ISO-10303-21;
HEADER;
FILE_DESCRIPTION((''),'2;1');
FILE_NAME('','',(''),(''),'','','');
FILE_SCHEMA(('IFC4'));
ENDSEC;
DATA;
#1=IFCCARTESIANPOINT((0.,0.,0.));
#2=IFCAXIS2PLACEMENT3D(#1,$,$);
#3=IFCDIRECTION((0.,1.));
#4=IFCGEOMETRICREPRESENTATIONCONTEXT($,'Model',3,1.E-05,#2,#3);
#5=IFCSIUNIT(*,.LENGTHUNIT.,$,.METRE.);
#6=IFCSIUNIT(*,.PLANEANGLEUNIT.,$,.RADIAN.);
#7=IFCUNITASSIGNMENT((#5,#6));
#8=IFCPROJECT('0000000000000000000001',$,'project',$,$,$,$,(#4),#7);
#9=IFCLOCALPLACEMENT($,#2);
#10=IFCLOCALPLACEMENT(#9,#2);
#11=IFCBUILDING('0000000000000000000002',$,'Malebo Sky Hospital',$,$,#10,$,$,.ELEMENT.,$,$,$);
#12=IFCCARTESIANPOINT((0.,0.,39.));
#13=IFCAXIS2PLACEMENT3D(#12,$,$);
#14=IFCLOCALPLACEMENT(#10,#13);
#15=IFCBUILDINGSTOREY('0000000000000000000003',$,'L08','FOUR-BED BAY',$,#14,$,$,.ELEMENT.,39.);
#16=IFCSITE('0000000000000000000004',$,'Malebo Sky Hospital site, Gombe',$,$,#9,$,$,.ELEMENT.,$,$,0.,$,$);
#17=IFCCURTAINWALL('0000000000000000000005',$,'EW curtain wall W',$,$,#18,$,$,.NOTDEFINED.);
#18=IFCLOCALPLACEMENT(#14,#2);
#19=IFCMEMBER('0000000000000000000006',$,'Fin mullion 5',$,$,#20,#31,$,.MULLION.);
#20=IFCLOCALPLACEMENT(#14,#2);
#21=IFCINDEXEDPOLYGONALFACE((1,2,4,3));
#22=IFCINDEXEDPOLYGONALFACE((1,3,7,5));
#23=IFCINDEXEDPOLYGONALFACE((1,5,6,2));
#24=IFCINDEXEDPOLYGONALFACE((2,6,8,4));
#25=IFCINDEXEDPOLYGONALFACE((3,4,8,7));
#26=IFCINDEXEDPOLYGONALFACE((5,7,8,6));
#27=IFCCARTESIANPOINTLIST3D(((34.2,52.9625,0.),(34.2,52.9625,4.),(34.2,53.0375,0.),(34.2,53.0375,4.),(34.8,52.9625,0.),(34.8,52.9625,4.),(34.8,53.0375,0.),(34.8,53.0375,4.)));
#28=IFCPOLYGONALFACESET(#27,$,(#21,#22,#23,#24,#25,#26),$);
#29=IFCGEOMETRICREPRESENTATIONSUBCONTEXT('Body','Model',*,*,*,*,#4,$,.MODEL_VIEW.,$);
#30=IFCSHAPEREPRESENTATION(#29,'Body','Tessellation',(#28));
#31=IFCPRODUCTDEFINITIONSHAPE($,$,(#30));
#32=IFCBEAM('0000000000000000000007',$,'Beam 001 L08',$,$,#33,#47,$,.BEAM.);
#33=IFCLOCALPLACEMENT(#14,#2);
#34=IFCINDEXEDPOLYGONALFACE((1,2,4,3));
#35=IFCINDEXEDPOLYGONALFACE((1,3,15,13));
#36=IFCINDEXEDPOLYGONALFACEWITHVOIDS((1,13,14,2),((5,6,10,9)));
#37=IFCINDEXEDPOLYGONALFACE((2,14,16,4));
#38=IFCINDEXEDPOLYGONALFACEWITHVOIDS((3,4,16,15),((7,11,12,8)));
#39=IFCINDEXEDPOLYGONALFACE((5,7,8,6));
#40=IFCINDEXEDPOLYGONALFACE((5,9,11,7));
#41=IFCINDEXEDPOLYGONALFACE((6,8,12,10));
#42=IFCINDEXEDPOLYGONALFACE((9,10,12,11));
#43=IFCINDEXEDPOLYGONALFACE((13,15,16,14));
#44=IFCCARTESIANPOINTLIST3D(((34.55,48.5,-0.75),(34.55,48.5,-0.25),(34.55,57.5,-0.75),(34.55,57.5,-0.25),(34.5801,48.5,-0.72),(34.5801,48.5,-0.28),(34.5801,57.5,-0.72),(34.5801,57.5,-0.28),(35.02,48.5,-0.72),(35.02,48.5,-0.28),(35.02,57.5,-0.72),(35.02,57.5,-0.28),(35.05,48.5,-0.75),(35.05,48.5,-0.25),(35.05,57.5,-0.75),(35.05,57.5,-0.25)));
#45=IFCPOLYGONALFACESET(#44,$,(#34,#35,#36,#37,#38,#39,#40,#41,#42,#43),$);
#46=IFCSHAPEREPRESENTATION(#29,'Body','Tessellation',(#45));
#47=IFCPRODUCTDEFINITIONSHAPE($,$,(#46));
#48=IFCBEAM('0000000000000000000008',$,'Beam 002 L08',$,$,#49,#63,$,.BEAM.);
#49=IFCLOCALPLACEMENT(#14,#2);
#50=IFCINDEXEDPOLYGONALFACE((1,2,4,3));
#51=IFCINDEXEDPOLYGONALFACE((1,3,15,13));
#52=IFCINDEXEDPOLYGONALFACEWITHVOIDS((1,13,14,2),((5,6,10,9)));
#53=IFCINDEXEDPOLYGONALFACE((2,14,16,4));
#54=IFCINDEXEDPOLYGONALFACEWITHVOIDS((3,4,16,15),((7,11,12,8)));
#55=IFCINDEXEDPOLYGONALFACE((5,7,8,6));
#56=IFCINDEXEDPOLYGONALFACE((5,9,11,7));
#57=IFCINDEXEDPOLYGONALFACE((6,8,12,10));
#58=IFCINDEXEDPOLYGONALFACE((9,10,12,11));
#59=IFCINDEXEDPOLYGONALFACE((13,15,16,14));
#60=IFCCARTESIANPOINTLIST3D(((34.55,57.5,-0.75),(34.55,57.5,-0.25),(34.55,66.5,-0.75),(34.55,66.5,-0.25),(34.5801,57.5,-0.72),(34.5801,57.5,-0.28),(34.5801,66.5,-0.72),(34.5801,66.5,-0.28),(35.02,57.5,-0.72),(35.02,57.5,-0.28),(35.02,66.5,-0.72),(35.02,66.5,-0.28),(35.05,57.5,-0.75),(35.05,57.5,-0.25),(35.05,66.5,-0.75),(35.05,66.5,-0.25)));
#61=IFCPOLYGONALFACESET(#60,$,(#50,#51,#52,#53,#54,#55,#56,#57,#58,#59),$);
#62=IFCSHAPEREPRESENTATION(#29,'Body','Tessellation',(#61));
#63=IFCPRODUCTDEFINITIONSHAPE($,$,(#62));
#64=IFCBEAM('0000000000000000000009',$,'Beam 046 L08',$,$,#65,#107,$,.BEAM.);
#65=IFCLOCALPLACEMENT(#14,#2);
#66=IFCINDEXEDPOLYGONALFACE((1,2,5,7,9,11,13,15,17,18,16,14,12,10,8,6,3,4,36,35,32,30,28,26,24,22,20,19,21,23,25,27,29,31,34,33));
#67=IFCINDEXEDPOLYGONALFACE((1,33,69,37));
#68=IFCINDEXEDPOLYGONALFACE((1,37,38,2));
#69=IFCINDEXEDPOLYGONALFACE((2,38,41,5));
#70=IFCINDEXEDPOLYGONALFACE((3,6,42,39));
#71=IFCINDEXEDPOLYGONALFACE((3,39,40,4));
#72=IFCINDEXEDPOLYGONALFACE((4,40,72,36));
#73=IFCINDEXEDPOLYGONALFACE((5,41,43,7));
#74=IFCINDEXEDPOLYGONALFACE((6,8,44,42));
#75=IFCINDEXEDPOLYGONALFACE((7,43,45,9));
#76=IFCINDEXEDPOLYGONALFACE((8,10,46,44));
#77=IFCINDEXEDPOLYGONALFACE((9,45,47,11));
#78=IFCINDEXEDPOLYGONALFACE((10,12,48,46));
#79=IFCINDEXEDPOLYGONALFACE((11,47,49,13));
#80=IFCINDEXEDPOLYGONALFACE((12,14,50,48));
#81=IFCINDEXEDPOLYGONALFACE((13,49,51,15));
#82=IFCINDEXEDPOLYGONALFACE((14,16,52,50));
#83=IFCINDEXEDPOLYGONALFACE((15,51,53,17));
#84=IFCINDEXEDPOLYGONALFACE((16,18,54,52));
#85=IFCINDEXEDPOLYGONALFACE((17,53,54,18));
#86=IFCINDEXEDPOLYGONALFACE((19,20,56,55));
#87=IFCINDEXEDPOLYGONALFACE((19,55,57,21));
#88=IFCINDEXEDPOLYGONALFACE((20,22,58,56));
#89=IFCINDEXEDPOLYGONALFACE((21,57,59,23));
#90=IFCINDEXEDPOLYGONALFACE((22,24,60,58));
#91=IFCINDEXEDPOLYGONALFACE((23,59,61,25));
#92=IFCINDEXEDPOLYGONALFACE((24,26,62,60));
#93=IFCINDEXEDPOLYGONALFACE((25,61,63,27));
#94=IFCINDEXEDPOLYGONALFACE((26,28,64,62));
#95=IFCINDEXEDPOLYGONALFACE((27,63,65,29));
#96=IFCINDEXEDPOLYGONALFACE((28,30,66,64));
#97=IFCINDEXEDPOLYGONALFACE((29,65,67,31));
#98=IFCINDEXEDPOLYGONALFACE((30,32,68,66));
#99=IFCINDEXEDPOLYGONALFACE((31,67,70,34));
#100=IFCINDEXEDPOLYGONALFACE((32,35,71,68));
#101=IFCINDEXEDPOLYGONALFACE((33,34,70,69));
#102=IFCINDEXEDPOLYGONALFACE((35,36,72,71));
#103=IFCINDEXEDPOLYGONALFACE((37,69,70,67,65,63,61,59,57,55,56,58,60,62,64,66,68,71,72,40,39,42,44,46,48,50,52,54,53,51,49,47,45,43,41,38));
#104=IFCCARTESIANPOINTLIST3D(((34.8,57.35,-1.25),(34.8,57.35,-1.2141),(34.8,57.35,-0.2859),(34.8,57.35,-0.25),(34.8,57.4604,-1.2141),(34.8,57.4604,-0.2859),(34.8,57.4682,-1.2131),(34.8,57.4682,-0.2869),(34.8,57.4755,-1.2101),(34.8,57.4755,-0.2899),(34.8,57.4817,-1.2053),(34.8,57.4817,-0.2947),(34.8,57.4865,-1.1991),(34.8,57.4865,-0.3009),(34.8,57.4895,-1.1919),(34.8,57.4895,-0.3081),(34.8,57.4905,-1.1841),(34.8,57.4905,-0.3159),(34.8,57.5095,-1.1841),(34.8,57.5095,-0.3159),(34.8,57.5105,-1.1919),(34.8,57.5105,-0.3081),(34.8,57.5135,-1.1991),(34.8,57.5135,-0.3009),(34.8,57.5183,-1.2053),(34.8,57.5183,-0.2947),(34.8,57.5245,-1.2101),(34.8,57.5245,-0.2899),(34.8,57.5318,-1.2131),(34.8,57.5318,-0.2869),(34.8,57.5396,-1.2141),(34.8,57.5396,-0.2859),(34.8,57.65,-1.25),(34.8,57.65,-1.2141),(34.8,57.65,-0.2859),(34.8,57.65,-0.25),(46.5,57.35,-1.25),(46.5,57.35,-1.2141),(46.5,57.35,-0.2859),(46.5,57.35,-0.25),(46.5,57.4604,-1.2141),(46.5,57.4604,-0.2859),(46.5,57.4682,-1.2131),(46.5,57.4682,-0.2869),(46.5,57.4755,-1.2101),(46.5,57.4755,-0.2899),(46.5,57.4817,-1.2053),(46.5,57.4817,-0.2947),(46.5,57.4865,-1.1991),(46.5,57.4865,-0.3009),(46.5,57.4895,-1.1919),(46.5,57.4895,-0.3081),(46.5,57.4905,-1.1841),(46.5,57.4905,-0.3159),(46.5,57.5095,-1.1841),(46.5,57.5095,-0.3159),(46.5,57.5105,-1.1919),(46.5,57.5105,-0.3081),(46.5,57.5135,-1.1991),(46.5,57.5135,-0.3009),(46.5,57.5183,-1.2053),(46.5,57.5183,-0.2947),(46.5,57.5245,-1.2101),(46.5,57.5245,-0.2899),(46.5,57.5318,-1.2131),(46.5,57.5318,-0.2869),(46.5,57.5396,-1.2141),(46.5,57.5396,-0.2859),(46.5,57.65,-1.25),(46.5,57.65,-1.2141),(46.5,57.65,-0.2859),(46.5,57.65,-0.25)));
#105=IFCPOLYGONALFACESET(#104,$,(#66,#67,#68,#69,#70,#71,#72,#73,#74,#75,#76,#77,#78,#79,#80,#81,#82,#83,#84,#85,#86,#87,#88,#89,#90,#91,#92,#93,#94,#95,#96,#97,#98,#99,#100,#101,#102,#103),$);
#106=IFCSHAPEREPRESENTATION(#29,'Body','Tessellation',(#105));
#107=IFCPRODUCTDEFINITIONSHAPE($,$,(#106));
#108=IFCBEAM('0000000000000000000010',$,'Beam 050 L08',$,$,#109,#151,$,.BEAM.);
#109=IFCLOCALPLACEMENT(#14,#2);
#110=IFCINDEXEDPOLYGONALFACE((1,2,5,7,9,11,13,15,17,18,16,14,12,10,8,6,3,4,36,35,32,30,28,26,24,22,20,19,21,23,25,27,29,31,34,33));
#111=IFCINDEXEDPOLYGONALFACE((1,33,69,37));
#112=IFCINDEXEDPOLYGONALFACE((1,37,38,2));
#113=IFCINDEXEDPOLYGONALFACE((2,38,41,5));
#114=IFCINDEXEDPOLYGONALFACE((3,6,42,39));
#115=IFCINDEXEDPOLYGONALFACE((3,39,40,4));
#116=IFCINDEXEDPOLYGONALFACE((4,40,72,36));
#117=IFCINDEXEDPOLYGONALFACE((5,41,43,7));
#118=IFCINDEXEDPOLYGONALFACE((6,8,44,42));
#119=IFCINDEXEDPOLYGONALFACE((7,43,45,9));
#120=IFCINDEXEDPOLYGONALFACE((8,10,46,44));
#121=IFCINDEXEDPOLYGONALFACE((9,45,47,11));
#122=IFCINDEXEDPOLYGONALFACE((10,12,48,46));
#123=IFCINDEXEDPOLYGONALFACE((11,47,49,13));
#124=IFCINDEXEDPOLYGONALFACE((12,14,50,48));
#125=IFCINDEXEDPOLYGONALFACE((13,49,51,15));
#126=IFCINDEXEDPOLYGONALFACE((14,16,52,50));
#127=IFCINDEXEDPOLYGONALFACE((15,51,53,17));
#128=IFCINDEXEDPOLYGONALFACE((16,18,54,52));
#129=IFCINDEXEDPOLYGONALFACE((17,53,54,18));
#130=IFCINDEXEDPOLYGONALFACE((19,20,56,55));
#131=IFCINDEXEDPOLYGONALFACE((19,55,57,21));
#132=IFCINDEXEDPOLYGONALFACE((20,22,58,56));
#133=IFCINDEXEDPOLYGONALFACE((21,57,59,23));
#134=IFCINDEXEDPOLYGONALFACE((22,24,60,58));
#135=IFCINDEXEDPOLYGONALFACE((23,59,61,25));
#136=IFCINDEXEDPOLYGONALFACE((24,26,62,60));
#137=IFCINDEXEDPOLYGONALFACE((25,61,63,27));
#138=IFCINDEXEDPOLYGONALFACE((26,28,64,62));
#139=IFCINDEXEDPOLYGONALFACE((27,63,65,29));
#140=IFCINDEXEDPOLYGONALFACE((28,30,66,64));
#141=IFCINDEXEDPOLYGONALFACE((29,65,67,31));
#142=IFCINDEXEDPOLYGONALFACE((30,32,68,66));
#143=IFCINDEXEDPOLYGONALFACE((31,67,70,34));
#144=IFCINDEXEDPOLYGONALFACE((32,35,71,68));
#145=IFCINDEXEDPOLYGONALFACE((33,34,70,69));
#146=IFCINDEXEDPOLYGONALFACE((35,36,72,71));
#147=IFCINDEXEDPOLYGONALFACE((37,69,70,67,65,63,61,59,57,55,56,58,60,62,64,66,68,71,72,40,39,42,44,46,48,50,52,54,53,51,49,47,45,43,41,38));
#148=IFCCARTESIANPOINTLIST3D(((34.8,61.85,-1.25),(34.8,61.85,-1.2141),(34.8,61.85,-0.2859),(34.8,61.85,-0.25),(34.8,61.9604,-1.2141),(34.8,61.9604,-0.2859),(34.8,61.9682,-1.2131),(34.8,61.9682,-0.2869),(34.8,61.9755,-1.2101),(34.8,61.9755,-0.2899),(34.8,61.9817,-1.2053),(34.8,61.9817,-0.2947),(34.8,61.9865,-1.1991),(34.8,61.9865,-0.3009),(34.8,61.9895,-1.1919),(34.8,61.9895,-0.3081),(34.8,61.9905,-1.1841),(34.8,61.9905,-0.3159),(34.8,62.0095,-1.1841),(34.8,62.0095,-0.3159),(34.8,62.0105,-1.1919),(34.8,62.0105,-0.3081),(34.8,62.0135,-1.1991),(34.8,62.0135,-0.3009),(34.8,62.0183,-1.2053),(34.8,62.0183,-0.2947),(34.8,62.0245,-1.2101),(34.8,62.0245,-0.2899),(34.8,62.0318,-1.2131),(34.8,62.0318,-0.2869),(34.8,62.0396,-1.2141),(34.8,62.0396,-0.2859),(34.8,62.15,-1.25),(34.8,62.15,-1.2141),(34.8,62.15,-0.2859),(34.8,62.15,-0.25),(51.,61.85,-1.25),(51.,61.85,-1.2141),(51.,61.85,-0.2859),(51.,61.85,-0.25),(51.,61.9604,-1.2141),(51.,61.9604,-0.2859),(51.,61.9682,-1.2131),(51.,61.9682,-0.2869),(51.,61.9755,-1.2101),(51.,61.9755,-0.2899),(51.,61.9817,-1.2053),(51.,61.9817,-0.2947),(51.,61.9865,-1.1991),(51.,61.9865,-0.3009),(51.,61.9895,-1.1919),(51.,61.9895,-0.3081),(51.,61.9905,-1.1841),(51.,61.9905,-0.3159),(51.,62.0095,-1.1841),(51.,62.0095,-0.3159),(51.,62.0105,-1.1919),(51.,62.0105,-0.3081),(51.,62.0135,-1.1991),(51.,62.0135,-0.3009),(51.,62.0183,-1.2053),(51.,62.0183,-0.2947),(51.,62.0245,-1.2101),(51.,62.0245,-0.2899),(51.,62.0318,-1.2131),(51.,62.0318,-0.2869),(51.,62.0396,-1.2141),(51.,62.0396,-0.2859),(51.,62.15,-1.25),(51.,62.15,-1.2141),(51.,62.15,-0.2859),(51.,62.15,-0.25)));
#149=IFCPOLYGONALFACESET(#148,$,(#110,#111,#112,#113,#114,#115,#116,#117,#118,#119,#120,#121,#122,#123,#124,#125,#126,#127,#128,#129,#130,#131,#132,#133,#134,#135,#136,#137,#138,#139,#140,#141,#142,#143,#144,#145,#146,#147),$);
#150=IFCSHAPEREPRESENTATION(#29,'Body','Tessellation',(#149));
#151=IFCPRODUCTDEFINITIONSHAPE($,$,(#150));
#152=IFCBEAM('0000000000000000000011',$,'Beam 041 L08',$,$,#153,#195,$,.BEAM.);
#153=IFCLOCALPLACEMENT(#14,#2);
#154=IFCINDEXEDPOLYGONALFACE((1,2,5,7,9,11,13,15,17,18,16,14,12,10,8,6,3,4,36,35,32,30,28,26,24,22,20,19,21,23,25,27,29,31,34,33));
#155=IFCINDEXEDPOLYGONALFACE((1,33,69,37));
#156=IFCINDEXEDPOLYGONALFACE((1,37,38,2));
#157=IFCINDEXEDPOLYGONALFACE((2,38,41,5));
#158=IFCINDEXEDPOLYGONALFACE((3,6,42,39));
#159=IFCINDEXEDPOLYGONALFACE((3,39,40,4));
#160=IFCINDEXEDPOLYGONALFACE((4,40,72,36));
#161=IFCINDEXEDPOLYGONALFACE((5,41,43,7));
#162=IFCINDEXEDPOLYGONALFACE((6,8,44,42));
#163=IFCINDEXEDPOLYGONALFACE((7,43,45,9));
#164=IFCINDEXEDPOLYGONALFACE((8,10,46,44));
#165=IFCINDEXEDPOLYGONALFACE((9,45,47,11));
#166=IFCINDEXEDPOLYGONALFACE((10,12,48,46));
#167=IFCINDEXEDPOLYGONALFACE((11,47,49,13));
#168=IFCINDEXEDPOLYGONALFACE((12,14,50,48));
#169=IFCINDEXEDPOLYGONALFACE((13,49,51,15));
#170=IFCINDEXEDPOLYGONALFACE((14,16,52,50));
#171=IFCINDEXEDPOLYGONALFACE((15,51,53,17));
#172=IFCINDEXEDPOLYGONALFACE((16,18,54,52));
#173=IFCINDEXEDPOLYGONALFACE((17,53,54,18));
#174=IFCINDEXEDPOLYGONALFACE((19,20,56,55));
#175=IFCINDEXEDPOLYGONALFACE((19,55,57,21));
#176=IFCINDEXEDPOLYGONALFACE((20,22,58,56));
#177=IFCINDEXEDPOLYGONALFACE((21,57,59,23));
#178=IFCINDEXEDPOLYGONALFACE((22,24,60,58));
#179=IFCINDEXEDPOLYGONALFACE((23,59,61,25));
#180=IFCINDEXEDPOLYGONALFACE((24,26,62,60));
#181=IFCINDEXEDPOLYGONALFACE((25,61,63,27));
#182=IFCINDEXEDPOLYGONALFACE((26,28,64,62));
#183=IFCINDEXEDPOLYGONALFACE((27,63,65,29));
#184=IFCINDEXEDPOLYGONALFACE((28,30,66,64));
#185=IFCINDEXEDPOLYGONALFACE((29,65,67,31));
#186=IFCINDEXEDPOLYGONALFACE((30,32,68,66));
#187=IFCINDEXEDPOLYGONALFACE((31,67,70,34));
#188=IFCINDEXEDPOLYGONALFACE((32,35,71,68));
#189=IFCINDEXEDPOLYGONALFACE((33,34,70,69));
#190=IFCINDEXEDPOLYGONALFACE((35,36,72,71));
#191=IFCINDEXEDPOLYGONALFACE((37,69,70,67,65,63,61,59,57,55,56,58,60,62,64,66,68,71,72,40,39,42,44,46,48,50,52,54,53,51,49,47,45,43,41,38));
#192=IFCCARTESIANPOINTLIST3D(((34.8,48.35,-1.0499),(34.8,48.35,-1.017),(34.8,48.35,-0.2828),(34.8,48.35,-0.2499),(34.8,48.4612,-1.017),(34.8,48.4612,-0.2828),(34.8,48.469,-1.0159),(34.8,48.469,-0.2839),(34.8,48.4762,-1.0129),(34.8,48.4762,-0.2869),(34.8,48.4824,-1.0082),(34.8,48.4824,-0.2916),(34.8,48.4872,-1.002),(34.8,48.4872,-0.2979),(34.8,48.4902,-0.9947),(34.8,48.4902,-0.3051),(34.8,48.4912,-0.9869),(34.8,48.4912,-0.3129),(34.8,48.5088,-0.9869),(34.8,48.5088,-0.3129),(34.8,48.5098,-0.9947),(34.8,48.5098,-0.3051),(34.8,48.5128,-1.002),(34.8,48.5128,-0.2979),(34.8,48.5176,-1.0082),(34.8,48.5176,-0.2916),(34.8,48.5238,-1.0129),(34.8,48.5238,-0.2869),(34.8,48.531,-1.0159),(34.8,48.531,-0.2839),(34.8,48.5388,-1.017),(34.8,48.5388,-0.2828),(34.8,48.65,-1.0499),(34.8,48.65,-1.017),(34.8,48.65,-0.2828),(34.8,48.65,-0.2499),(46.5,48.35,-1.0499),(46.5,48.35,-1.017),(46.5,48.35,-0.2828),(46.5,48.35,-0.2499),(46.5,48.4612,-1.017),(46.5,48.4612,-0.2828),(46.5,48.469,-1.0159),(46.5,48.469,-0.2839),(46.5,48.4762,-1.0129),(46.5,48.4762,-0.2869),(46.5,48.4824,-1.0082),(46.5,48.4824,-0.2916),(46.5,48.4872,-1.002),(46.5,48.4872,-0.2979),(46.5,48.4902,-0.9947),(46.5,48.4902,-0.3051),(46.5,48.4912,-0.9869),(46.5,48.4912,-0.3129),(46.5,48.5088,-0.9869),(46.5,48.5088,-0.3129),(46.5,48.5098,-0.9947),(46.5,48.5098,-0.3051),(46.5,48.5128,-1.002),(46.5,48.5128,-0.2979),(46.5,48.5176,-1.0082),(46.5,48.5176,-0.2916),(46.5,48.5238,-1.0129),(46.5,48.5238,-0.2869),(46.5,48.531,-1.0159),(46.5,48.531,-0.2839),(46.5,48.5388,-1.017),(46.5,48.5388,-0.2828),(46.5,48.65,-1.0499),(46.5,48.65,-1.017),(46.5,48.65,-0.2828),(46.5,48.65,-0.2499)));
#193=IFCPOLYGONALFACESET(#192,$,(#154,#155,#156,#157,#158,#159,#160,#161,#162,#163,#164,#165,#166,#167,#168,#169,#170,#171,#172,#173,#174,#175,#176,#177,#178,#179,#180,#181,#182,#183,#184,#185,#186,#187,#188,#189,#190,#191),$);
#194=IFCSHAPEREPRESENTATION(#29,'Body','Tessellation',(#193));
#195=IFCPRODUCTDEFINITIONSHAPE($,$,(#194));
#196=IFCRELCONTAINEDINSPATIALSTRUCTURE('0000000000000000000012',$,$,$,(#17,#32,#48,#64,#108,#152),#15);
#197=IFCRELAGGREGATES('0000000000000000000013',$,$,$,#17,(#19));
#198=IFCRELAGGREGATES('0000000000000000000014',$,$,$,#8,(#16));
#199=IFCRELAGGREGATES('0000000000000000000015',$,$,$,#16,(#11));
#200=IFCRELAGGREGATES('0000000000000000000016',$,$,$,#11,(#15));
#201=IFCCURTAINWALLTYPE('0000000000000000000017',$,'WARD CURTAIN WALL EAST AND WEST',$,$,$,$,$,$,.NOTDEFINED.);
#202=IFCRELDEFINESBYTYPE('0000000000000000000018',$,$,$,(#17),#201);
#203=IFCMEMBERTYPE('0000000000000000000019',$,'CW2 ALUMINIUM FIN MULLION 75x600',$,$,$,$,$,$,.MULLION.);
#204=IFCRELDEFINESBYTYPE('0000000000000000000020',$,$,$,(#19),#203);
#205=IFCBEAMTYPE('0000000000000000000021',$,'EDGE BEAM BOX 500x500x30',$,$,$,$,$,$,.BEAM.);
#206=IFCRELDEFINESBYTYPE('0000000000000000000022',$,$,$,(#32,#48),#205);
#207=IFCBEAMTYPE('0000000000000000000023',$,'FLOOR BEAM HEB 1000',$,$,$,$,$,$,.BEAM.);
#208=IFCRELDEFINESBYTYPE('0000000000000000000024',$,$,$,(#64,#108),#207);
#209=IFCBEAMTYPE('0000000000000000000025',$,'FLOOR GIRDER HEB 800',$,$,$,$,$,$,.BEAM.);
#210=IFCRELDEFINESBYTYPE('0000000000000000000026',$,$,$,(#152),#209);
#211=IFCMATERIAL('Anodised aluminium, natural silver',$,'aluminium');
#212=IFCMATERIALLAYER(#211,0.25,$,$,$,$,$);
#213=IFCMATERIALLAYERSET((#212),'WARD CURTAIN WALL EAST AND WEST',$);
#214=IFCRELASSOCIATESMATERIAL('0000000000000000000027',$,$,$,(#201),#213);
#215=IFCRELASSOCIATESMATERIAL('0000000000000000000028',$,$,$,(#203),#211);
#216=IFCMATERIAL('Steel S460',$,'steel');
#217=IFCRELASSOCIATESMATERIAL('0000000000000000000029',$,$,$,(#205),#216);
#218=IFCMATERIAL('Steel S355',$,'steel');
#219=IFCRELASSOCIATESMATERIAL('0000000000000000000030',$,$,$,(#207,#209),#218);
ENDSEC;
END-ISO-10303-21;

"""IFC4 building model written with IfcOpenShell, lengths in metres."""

from ifc_helpers import new_model, si_unit, direction, frame, origin, origin_2d, place, context, subcontext, project, spatial, rectangle, hollow_rectangle, i_section, extrude, material, layer, layer_set, material_profile, profile_set, type_object, element, aggregate, save


model = new_model("IFC4")

# Units and contexts
model_context = context("Model", 3, precision=1e-05, world=origin(), true_north=direction((0.0, 1.0)))
body_context = subcontext(model_context, "Body", "Model", "MODEL_VIEW")
ifc_project = project(units=[si_unit("LENGTHUNIT", "METRE"), si_unit("PLANEANGLEUNIT", "RADIAN")], contexts=[model_context])

# Site, building, storey
site_placement = place(None, origin())
site = spatial("IfcSite", under=ifc_project, at=site_placement, Name="Malebo Sky Hospital site, Gombe", CompositionType="ELEMENT", RefElevation=0.0)
building_placement = place(site_placement, origin())
building = spatial("IfcBuilding", under=site, at=building_placement, Name="Malebo Sky Hospital", CompositionType="ELEMENT")
storey_placement = place(building_placement, frame((0.0, 0.0, 39.0)))
storey = spatial("IfcBuildingStorey", under=building, at=storey_placement, Name="L08", Description="FOUR-BED BAY", CompositionType="ELEMENT", Elevation=39.0)

# Shared definitions
ifc_material_1 = material(Name="Steel S460", Category="steel")

# Curtain wall
ifc_material_2 = material(Name="Anodised aluminium, natural silver", Category="aluminium")
ifc_layer_1 = layer(ifc_material_2, 0.25)
ifc_layer_set_1 = layer_set([ifc_layer_1], Name="WARD CURTAIN WALL EAST AND WEST")
curtain_wall_type = type_object("IfcCurtainWallType", Name="WARD CURTAIN WALL EAST AND WEST", PredefinedType="NOTDEFINED", material=ifc_layer_set_1)
curtain_wall_placement = place(storey_placement, origin())
curtain_wall = element("IfcCurtainWall", 1, at=curtain_wall_placement, inside=storey, type_object=curtain_wall_type, Name="EW curtain wall W", PredefinedType="NOTDEFINED")

# Member
ifc_material_3 = material(Name="Steel S355", Category="steel")
ifc_material_profile_1 = material_profile(ifc_material_2, rectangle(XDim=0.075, YDim=0.6001, at=origin_2d()), Name="CW2 ALUMINIUM FIN MULLION 75x600")
ifc_profile_set_1 = profile_set([ifc_material_profile_1], Name="Anodised aluminium, natural silver")
member_type_1 = type_object("IfcMemberType", Name="CW2 ALUMINIUM FIN MULLION 75x600", PredefinedType="MULLION", material=ifc_profile_set_1)
member_1_placement = place(storey_placement, frame((34.5, 53.0, 0.0), z_axis=(0.0, 0.0, 1.0), x_axis=(0.0, 1.0, 0.0)))
member_1 = element("IfcMember", 2, at=member_1_placement, type_object=member_type_1, Name="Fin mullion 5", PredefinedType="MULLION", context=body_context, shape_type="SweptSolid", body=[
    extrude(rectangle(XDim=0.075, YDim=0.6001, at=origin_2d()), origin(), (0.0, 0.0, 1.0), 4.0),
])

# Beams
ifc_material_profile_2 = material_profile(ifc_material_1, hollow_rectangle(XDim=0.5, YDim=0.5, WallThickness=0.03, at=origin_2d()), Name="BOX 500x500x30")
ifc_profile_set_2 = profile_set([ifc_material_profile_2], Name="Steel S460")
beam_type_1 = type_object("IfcBeamType", Name="EDGE BEAM BOX 500x500x30", PredefinedType="BEAM", material=ifc_profile_set_2)
for number, where, z_axis, x_axis, name in (
    (3, (34.8, 48.5, -0.5), (0.0, 1.0, 0.0), (-1.0, 0.0, 0.0), "Beam 001 L08"),
    (4, (34.8, 57.5, -0.5), (0.0, 1.0, 0.0), (-1.0, 0.0, 0.0), "Beam 002 L08"),
):
    element("IfcBeam", number, at=place(storey_placement, frame(where, z_axis=z_axis, x_axis=x_axis)), inside=storey, type_object=beam_type_1, Name=name, PredefinedType="BEAM", context=body_context, shape_type="SweptSolid", body=[
        extrude(hollow_rectangle(XDim=0.5, YDim=0.5, WallThickness=0.03, at=origin_2d()), origin(), (0.0, 0.0, 1.0), 9.0),
    ])
ifc_material_profile_3 = material_profile(ifc_material_3, i_section(OverallWidth=0.3, OverallDepth=1.0, WebThickness=0.019, FlangeThickness=0.0359, FilletRadius=0.03, at=origin_2d()), Name="HEB 1000")
ifc_profile_set_3 = profile_set([ifc_material_profile_3], Name="Steel S355")
beam_type_2 = type_object("IfcBeamType", Name="FLOOR BEAM HEB 1000", PredefinedType="BEAM", material=ifc_profile_set_3)
beam_1_placement = place(storey_placement, frame((34.8, 57.5, -0.75), z_axis=(1.0, 0.0, 0.0), x_axis=(0.0, 1.0, 0.0)))
element("IfcBeam", 5, at=beam_1_placement, inside=storey, type_object=beam_type_2, Name="Beam 046 L08", PredefinedType="BEAM", context=body_context, shape_type="SweptSolid", body=[
    extrude(i_section(OverallWidth=0.3, OverallDepth=1.0, WebThickness=0.019, FlangeThickness=0.0359, FilletRadius=0.03, at=origin_2d()), origin(), (0.0, 0.0, 1.0), 11.7),
])
beam_2_placement = place(storey_placement, frame((34.8, 62.0, -0.75), z_axis=(1.0, 0.0, 0.0), x_axis=(0.0, 1.0, 0.0)))
element("IfcBeam", 6, at=beam_2_placement, inside=storey, type_object=beam_type_2, Name="Beam 050 L08", PredefinedType="BEAM", context=body_context, shape_type="SweptSolid", body=[
    extrude(i_section(OverallWidth=0.3, OverallDepth=1.0, WebThickness=0.019, FlangeThickness=0.0359, FilletRadius=0.03, at=origin_2d()), origin(), (0.0, 0.0, 1.0), 16.2),
])
ifc_material_profile_4 = material_profile(ifc_material_3, i_section(OverallWidth=0.3, OverallDepth=0.8, WebThickness=0.0176, FlangeThickness=0.033, FilletRadius=0.03, at=origin_2d()), Name="HEB 800")
ifc_profile_set_4 = profile_set([ifc_material_profile_4], Name="Steel S355")
beam_type_3 = type_object("IfcBeamType", Name="FLOOR GIRDER HEB 800", PredefinedType="BEAM", material=ifc_profile_set_4)
beam_3_placement = place(storey_placement, frame((34.8, 48.5, -0.6499), z_axis=(1.0, 0.0, 0.0), x_axis=(0.0, 1.0, 0.0)))
element("IfcBeam", 7, at=beam_3_placement, inside=storey, type_object=beam_type_3, Name="Beam 041 L08", PredefinedType="BEAM", context=body_context, shape_type="SweptSolid", body=[
    extrude(i_section(OverallWidth=0.3, OverallDepth=0.8, WebThickness=0.0176, FlangeThickness=0.033, FilletRadius=0.03, at=origin_2d()), origin(), (0.0, 0.0, 1.0), 11.7),
])

aggregate(curtain_wall, [member_1])

save(model, "model.ifc")
